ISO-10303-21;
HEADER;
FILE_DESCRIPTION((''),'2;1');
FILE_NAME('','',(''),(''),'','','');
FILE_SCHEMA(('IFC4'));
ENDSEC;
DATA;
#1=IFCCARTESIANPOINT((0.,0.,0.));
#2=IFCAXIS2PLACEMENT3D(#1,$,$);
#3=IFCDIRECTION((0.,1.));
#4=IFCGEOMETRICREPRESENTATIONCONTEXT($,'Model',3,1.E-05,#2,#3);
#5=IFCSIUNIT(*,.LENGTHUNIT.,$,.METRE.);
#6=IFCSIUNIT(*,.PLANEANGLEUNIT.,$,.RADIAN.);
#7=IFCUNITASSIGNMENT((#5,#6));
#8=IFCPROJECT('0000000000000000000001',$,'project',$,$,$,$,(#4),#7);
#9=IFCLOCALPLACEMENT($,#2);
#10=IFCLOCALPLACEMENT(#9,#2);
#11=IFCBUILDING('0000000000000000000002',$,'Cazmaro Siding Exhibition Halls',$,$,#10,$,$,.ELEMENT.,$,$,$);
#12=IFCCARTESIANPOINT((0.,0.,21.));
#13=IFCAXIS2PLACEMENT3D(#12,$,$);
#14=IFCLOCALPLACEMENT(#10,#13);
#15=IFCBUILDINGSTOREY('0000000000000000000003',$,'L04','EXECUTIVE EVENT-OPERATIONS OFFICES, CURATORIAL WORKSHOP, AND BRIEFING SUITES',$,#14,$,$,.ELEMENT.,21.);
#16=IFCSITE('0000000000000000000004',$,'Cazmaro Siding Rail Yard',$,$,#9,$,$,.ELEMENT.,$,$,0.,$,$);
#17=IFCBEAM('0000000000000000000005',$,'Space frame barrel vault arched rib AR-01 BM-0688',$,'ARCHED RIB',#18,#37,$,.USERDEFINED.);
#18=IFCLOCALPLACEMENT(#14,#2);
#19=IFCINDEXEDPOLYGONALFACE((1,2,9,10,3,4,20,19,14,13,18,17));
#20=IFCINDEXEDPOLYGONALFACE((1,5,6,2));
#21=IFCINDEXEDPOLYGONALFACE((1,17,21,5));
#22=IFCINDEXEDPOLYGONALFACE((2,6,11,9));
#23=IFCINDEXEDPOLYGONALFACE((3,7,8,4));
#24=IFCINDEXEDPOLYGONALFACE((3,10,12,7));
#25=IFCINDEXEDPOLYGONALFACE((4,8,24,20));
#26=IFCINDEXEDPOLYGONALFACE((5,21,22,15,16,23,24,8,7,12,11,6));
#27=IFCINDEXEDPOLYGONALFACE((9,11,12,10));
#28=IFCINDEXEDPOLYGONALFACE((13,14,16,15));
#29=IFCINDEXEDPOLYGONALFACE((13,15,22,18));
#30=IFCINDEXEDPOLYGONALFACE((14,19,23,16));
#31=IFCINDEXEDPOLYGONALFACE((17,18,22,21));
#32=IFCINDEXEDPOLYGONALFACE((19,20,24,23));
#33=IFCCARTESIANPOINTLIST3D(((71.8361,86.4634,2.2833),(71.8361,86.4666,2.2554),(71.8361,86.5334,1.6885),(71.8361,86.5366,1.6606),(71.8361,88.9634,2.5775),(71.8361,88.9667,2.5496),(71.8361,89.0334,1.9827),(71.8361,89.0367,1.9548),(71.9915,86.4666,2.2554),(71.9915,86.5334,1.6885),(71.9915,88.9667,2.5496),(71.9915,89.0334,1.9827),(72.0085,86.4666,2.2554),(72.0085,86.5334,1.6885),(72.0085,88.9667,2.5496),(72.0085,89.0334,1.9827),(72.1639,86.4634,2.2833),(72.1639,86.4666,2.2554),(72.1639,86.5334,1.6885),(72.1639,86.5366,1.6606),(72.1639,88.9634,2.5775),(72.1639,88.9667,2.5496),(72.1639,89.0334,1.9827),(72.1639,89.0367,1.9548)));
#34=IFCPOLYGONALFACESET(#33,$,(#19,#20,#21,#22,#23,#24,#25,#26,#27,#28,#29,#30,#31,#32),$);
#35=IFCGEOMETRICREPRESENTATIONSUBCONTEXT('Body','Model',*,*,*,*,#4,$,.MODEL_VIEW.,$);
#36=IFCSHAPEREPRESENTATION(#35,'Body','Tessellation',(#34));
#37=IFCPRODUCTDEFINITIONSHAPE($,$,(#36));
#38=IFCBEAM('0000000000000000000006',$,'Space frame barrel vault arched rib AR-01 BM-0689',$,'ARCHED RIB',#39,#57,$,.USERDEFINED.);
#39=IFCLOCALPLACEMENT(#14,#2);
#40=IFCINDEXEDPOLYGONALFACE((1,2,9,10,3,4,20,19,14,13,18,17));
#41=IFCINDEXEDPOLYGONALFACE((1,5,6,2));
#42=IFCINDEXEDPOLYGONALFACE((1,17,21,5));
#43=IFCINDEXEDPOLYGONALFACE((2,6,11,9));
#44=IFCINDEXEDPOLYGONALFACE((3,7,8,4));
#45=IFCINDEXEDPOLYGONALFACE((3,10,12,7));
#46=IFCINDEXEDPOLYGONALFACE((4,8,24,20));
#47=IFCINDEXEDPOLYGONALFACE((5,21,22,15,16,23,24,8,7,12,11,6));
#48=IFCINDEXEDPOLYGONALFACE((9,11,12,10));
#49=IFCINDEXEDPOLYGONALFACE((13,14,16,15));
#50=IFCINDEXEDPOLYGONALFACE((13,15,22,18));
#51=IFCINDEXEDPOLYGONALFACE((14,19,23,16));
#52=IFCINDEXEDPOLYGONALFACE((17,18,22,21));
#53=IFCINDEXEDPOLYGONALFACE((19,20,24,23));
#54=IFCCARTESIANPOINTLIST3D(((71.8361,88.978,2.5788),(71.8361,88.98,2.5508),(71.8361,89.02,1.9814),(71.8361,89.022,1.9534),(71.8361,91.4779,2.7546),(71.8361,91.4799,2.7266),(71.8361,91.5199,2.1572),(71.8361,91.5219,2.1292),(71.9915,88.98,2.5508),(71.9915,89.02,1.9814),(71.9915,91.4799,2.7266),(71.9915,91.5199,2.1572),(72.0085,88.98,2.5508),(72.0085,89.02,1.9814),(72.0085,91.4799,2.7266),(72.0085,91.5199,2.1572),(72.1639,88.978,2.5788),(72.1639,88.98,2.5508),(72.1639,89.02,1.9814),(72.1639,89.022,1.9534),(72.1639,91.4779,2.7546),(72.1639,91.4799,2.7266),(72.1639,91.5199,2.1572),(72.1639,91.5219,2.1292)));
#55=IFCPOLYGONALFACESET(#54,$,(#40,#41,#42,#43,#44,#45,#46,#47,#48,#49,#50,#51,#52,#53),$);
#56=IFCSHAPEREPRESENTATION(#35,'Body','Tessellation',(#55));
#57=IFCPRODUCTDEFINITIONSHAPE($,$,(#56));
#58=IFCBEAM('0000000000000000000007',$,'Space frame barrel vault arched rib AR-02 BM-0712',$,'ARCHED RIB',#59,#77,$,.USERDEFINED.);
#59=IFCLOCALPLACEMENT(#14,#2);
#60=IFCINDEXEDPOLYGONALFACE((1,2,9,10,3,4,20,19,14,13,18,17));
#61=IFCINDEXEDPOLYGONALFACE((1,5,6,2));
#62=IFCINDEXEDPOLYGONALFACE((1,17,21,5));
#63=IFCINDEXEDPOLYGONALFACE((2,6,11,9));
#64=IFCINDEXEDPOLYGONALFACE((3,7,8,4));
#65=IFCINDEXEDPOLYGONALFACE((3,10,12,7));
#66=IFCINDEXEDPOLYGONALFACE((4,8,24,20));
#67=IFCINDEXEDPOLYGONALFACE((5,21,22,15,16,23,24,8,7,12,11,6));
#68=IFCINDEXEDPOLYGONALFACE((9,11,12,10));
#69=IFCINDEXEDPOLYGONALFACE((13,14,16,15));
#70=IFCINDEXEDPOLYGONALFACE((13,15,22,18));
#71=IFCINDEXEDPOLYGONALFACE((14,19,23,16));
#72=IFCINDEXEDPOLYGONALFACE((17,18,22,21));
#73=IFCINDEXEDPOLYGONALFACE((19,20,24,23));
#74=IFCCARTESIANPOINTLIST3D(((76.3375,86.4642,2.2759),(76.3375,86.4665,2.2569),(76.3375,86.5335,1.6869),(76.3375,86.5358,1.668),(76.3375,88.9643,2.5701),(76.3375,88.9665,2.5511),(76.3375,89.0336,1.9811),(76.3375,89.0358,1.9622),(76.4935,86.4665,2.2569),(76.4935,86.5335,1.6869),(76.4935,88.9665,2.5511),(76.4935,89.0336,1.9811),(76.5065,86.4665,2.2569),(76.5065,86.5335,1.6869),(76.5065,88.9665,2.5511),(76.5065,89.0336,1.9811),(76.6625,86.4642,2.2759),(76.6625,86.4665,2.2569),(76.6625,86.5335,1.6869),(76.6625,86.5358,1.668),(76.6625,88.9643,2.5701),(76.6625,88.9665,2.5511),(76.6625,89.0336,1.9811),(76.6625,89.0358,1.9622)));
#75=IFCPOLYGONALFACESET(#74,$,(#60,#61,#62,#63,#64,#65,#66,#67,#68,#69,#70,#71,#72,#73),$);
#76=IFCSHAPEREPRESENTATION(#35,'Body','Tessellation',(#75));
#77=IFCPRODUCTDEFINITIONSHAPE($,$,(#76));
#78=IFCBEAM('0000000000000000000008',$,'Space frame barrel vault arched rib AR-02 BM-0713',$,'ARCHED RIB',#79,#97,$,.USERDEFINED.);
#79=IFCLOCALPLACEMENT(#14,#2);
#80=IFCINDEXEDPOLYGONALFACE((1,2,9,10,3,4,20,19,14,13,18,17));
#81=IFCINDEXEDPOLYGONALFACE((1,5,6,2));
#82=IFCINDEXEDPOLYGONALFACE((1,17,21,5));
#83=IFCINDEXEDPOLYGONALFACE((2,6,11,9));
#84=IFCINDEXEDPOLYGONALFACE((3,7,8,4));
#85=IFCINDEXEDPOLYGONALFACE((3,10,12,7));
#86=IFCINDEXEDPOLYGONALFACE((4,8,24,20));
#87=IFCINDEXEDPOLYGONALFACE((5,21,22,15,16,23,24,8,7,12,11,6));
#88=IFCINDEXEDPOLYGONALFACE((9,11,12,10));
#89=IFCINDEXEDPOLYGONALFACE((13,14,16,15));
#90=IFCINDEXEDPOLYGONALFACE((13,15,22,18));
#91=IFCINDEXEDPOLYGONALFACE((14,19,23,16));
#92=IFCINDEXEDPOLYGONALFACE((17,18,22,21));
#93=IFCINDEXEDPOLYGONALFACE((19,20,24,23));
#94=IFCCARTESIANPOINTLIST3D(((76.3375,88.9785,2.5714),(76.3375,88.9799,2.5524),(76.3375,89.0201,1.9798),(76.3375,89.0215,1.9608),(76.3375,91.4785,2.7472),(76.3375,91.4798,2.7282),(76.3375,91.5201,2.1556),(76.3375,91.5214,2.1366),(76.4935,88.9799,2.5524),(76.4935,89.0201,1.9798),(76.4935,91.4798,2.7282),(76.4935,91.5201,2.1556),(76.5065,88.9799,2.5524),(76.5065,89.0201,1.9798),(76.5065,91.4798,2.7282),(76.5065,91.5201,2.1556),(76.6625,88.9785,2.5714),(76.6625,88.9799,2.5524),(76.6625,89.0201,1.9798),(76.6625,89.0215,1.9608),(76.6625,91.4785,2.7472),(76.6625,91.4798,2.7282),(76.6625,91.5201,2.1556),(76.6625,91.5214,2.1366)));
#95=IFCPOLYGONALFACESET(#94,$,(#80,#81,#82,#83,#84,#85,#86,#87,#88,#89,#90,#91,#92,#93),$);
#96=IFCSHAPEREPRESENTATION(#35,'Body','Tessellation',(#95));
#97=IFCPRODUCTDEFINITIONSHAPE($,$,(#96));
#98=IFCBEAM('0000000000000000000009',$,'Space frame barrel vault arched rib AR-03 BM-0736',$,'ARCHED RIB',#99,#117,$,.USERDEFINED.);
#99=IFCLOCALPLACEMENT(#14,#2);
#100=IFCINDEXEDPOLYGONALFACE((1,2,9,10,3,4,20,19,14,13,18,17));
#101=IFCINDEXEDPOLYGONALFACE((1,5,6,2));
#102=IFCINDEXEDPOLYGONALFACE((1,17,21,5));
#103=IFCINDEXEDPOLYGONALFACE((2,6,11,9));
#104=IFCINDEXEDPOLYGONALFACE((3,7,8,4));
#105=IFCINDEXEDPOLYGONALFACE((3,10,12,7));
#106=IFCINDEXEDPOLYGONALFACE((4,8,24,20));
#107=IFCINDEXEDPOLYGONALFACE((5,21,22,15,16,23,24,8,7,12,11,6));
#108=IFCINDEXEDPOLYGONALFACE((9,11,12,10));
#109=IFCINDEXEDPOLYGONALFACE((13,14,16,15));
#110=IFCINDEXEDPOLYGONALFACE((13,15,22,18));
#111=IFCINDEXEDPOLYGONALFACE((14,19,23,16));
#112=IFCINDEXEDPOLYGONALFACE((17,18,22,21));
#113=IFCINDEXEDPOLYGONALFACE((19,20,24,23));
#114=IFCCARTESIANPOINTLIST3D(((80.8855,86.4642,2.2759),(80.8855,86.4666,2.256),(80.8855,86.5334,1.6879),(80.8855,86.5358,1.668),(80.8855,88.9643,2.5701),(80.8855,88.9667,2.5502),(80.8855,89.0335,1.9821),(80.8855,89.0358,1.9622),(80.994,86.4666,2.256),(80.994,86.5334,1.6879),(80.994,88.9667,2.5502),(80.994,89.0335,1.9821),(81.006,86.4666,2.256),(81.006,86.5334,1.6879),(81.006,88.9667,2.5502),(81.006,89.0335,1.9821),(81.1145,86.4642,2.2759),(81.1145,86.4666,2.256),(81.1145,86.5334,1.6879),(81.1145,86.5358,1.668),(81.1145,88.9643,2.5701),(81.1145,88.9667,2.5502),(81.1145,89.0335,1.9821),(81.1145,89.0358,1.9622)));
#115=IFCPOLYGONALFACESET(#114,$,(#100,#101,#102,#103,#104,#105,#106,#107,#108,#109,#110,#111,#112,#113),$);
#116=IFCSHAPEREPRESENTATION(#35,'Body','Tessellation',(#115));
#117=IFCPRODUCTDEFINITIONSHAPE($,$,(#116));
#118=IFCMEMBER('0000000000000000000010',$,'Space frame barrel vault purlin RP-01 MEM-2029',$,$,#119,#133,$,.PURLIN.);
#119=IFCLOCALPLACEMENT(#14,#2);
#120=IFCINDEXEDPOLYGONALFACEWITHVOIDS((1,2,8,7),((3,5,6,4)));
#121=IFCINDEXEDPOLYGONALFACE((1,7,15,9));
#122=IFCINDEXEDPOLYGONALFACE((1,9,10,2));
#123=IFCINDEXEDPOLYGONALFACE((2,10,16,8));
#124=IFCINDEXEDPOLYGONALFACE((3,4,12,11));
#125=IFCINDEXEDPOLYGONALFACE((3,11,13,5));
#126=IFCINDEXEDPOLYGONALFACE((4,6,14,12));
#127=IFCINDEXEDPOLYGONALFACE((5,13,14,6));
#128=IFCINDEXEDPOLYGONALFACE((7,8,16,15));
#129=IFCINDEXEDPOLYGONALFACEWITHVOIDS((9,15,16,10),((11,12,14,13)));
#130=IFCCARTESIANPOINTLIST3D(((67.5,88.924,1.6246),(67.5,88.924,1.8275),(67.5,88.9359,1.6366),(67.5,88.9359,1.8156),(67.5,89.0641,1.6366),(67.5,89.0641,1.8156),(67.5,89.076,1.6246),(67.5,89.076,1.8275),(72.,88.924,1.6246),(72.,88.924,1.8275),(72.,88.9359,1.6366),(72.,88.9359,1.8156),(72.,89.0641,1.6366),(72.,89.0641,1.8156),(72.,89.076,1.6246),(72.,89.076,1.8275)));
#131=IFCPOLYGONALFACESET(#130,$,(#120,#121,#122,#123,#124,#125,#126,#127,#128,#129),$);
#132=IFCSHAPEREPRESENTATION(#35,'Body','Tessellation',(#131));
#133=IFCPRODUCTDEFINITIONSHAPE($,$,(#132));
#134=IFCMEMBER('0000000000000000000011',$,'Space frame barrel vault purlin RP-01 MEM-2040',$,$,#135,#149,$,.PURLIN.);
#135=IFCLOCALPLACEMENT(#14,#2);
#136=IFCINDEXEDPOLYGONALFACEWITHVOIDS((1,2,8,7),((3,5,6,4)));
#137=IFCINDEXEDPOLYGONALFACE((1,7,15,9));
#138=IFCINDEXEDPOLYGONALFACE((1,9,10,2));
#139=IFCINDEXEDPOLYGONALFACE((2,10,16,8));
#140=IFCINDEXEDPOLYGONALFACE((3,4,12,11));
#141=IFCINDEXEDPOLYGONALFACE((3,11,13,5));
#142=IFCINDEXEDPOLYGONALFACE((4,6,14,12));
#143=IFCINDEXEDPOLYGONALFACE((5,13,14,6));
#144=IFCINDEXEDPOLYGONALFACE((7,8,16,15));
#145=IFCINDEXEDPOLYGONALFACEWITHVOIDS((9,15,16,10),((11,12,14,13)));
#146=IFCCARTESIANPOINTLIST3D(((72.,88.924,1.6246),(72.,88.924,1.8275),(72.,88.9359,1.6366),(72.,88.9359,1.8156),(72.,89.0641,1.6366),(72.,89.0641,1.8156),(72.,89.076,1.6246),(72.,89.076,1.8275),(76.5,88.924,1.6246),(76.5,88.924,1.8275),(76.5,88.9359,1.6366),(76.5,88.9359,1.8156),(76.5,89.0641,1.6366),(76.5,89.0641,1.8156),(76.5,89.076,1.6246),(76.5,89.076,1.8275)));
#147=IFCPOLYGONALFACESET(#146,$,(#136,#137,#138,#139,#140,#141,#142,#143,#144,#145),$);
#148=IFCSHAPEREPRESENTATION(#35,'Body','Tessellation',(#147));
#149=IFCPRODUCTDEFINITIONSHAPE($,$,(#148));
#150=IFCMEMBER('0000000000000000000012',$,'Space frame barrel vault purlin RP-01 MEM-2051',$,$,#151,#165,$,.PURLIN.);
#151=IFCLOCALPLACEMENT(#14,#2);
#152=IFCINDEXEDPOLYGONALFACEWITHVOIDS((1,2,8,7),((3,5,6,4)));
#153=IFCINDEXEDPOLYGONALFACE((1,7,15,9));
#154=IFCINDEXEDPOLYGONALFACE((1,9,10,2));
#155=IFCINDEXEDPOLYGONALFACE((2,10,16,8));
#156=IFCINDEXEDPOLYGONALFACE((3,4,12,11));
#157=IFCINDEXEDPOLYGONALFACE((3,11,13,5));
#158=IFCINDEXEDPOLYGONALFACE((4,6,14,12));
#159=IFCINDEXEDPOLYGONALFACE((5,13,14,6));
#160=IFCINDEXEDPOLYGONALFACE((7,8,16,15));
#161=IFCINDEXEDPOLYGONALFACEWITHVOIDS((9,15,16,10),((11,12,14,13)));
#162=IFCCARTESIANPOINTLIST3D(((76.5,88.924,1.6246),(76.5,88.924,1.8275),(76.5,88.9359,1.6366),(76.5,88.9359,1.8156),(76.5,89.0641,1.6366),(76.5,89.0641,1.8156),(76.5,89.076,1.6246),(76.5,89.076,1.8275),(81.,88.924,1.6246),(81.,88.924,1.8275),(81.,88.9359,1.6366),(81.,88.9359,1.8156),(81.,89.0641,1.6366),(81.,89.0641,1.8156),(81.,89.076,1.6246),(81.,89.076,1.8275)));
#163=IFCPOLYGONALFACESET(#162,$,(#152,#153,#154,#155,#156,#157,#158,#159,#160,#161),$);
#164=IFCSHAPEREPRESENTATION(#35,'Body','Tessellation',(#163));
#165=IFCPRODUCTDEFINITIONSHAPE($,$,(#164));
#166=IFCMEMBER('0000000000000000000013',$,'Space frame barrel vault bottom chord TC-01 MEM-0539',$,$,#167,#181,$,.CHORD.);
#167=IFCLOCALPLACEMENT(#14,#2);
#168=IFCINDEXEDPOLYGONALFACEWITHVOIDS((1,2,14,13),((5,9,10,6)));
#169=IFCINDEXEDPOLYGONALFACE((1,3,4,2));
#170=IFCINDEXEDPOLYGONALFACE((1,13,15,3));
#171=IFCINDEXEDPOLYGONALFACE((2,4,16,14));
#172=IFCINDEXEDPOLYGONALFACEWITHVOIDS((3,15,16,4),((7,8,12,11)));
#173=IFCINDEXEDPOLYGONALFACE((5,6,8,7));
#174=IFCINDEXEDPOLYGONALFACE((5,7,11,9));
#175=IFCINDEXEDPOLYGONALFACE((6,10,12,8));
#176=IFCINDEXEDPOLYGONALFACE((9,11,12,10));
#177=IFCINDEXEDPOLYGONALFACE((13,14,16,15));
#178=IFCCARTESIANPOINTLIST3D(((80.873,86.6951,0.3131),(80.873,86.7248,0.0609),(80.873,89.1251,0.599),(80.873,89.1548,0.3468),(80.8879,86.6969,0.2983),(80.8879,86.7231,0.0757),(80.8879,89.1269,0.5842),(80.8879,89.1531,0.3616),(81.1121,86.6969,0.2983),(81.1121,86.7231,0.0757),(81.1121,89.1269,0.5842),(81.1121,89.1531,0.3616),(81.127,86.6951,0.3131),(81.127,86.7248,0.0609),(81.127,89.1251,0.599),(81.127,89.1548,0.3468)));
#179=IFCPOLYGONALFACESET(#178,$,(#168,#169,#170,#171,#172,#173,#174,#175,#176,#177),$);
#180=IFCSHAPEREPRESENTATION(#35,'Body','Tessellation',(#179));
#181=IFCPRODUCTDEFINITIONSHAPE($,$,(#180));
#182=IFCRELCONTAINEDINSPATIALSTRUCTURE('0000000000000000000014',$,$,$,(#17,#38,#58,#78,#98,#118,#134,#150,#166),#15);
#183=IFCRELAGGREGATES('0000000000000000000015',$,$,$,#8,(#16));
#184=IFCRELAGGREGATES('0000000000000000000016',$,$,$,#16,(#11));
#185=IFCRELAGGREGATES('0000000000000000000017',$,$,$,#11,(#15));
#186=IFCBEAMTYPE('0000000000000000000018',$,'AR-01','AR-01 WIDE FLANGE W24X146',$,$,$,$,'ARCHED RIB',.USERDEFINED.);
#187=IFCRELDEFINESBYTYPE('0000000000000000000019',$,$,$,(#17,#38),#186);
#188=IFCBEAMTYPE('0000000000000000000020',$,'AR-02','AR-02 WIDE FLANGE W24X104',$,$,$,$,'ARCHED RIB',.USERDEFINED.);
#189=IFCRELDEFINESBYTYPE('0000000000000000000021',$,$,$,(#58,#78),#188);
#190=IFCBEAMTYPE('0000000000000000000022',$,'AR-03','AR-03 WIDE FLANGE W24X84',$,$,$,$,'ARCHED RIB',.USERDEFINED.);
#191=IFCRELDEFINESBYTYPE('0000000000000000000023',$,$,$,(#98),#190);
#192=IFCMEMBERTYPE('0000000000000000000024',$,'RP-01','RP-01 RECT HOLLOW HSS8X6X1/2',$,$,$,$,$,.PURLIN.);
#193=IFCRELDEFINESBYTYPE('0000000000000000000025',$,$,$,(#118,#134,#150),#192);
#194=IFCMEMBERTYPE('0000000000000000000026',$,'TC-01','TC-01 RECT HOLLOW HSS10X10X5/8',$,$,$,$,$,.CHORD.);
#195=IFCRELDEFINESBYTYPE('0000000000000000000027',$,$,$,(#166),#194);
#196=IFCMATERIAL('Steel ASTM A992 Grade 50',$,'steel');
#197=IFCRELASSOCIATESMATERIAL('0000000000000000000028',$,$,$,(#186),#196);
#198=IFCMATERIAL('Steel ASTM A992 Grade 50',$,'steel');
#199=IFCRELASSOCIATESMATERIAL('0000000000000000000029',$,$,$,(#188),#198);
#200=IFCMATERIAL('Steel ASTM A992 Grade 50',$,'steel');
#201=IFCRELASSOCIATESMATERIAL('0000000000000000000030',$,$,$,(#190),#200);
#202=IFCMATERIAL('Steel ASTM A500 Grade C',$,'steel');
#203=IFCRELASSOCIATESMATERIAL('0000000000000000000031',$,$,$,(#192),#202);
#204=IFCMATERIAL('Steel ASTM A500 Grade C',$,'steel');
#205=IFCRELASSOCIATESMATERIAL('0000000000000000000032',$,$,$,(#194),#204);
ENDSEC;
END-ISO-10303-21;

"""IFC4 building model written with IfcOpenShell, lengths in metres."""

from ifc_helpers import new_model, si_unit, direction, frame, origin, origin_2d, place, context, subcontext, project, spatial, hollow_rectangle, i_section, extrude, material, material_profile, profile_set, type_object, element, save


model = new_model("IFC4")

# Units and contexts
model_context = context("Model", 3, precision=1e-05, world=origin(), true_north=direction((0.0, 1.0)))
body_context = subcontext(model_context, "Body", "Model", "MODEL_VIEW")
ifc_project = project(units=[si_unit("LENGTHUNIT", "METRE"), si_unit("PLANEANGLEUNIT", "RADIAN")], contexts=[model_context])

# Site, building, storey
site_placement = place(None, origin())
site = spatial("IfcSite", under=ifc_project, at=site_placement, Name="Cazmaro Siding Rail Yard", CompositionType="ELEMENT", RefElevation=0.0)
building_placement = place(site_placement, origin())
building = spatial("IfcBuilding", under=site, at=building_placement, Name="Cazmaro Siding Exhibition Halls", CompositionType="ELEMENT")
storey_placement = place(building_placement, frame((0.0, 0.0, 21.0)))
storey = spatial("IfcBuildingStorey", under=building, at=storey_placement, Name="L04", Description="EXECUTIVE EVENT-OPERATIONS OFFICES, CURATORIAL WORKSHOP, AND BRIEFING SUITES", CompositionType="ELEMENT", Elevation=21.0)

# Beams
ifc_material_1 = material(Name="Steel ASTM A992 Grade 50", Category="steel")
ifc_material_profile_1 = material_profile(ifc_material_1, i_section(OverallWidth=0.3279, OverallDepth=0.627, WebThickness=0.0171, FlangeThickness=0.0281, at=origin_2d()), Name="W24X146")
ifc_profile_set_1 = profile_set([ifc_material_profile_1], Name="Steel ASTM A992 Grade 50")
beam_type_1 = type_object("IfcBeamType", Name="AR-01", Description="AR-01 WIDE FLANGE W24X146", ElementType="ARCHED RIB", PredefinedType="USERDEFINED", material=ifc_profile_set_1)
beam_1_placement = place(storey_placement, frame((72.0, 86.5, 1.9719), z_axis=(0.0, 0.993147, 0.116869), x_axis=(-1.0, 0.0, 0.0)))
element("IfcBeam", 1, at=beam_1_placement, inside=storey, type_object=beam_type_1, Name="Space frame barrel vault arched rib AR-01 BM-0688", ObjectType="ARCHED RIB", PredefinedType="USERDEFINED", context=body_context, shape_type="SweptSolid", body=[
    extrude(i_section(OverallWidth=0.3279, OverallDepth=0.627, WebThickness=0.0171, FlangeThickness=0.0281, at=origin_2d()), origin(), (0.0, 0.0, 1.0), 2.5173),
])
beam_2_placement = place(storey_placement, frame((72.0, 89.0, 2.2661), z_axis=(0.0, 0.997537, 0.070139), x_axis=(-1.0, 0.0, 0.0)))
element("IfcBeam", 2, at=beam_2_placement, inside=storey, type_object=beam_type_1, Name="Space frame barrel vault arched rib AR-01 BM-0689", ObjectType="ARCHED RIB", PredefinedType="USERDEFINED", context=body_context, shape_type="SweptSolid", body=[
    extrude(i_section(OverallWidth=0.3279, OverallDepth=0.627, WebThickness=0.0171, FlangeThickness=0.0281, at=origin_2d()), origin(), (0.0, 0.0, 1.0), 2.5061),
])
ifc_material_2 = material(Name="Steel ASTM A992 Grade 50", Category="steel")
ifc_material_profile_2 = material_profile(ifc_material_2, i_section(OverallWidth=0.325, OverallDepth=0.6121, WebThickness=0.0129, FlangeThickness=0.019, at=origin_2d()), Name="W24X104")
ifc_profile_set_2 = profile_set([ifc_material_profile_2], Name="Steel ASTM A992 Grade 50")
beam_type_2 = type_object("IfcBeamType", Name="AR-02", Description="AR-02 WIDE FLANGE W24X104", ElementType="ARCHED RIB", PredefinedType="USERDEFINED", material=ifc_profile_set_2)
beam_3_placement = place(storey_placement, frame((76.5, 86.5, 1.9719), z_axis=(0.0, 0.993147, 0.116869), x_axis=(-1.0, 0.0, 0.0)))
element("IfcBeam", 3, at=beam_3_placement, inside=storey, type_object=beam_type_2, Name="Space frame barrel vault arched rib AR-02 BM-0712", ObjectType="ARCHED RIB", PredefinedType="USERDEFINED", context=body_context, shape_type="SweptSolid", body=[
    extrude(i_section(OverallWidth=0.325, OverallDepth=0.6121, WebThickness=0.0129, FlangeThickness=0.019, at=origin_2d()), origin(), (0.0, 0.0, 1.0), 2.5173),
])
beam_4_placement = place(storey_placement, frame((76.5, 89.0, 2.2661), z_axis=(0.0, 0.997537, 0.070139), x_axis=(-1.0, 0.0, 0.0)))
element("IfcBeam", 4, at=beam_4_placement, inside=storey, type_object=beam_type_2, Name="Space frame barrel vault arched rib AR-02 BM-0713", ObjectType="ARCHED RIB", PredefinedType="USERDEFINED", context=body_context, shape_type="SweptSolid", body=[
    extrude(i_section(OverallWidth=0.325, OverallDepth=0.6121, WebThickness=0.0129, FlangeThickness=0.019, at=origin_2d()), origin(), (0.0, 0.0, 1.0), 2.5061),
])
ifc_material_3 = material(Name="Steel ASTM A992 Grade 50", Category="steel")
ifc_material_profile_3 = material_profile(ifc_material_3, i_section(OverallWidth=0.229, OverallDepth=0.6121, WebThickness=0.012, FlangeThickness=0.02, at=origin_2d()), Name="W24X84")
ifc_profile_set_3 = profile_set([ifc_material_profile_3], Name="Steel ASTM A992 Grade 50")
beam_type_3 = type_object("IfcBeamType", Name="AR-03", Description="AR-03 WIDE FLANGE W24X84", ElementType="ARCHED RIB", PredefinedType="USERDEFINED", material=ifc_profile_set_3)
beam_5_placement = place(storey_placement, frame((81.0, 86.5, 1.9719), z_axis=(0.0, 0.993147, 0.116869), x_axis=(-1.0, 0.0, 0.0)))
element("IfcBeam", 5, at=beam_5_placement, inside=storey, type_object=beam_type_3, Name="Space frame barrel vault arched rib AR-03 BM-0736", ObjectType="ARCHED RIB", PredefinedType="USERDEFINED", context=body_context, shape_type="SweptSolid", body=[
    extrude(i_section(OverallWidth=0.229, OverallDepth=0.6121, WebThickness=0.012, FlangeThickness=0.02, at=origin_2d()), origin(), (0.0, 0.0, 1.0), 2.5173),
])

# Members
ifc_material_4 = material(Name="Steel ASTM A500 Grade C", Category="steel")
ifc_material_profile_4 = material_profile(ifc_material_4, hollow_rectangle(XDim=0.1521, YDim=0.2029, WallThickness=0.012, at=origin_2d()), Name="HSS8X6X1/2")
ifc_profile_set_4 = profile_set([ifc_material_profile_4], Name="Steel ASTM A500 Grade C")
member_type_1 = type_object("IfcMemberType", Name="RP-01", Description="RP-01 RECT HOLLOW HSS8X6X1/2", PredefinedType="PURLIN", material=ifc_profile_set_4)
for number, where, z_axis, x_axis, name in (
    (6, (67.5, 89.0, 1.7261), (1.0, 0.0, 0.0), (0.0, 1.0, 0.0), "Space frame barrel vault purlin RP-01 MEM-2029"),
    (7, (72.0, 89.0, 1.7261), (1.0, 0.0, 0.0), (0.0, 1.0, 0.0), "Space frame barrel vault purlin RP-01 MEM-2040"),
    (8, (76.5, 89.0, 1.7261), (1.0, 0.0, 0.0), (0.0, 1.0, 0.0), "Space frame barrel vault purlin RP-01 MEM-2051"),
):
    element("IfcMember", number, at=place(storey_placement, frame(where, z_axis=z_axis, x_axis=x_axis)), inside=storey, type_object=member_type_1, Name=name, PredefinedType="PURLIN", context=body_context, shape_type="SweptSolid", body=[
        extrude(hollow_rectangle(XDim=0.1521, YDim=0.2029, WallThickness=0.012, at=origin_2d()), origin(), (0.0, 0.0, 1.0), 4.5),
    ])
ifc_material_5 = material(Name="Steel ASTM A500 Grade C", Category="steel")
ifc_material_profile_5 = material_profile(ifc_material_5, hollow_rectangle(XDim=0.2539, YDim=0.2539, WallThickness=0.0149, at=origin_2d()), Name="HSS10X10X5/8")
ifc_profile_set_5 = profile_set([ifc_material_profile_5], Name="Steel ASTM A500 Grade C")
member_type_2 = type_object("IfcMemberType", Name="TC-01", Description="TC-01 RECT HOLLOW HSS10X10X5/8", PredefinedType="CHORD", material=ifc_profile_set_5)
member_1_placement = place(storey_placement, frame((81.0, 86.71, 0.187), z_axis=(0.0, 0.99315, 0.116847), x_axis=(-1.0, 0.0, 0.0)))
element("IfcMember", 9, at=member_1_placement, inside=storey, type_object=member_type_2, Name="Space frame barrel vault bottom chord TC-01 MEM-0539", PredefinedType="CHORD", context=body_context, shape_type="SweptSolid", body=[
    extrude(hollow_rectangle(XDim=0.2539, YDim=0.2539, WallThickness=0.0149, at=origin_2d()), origin(), (0.0, 0.0, 1.0), 2.4468),
])

save(model, "model.ifc")
